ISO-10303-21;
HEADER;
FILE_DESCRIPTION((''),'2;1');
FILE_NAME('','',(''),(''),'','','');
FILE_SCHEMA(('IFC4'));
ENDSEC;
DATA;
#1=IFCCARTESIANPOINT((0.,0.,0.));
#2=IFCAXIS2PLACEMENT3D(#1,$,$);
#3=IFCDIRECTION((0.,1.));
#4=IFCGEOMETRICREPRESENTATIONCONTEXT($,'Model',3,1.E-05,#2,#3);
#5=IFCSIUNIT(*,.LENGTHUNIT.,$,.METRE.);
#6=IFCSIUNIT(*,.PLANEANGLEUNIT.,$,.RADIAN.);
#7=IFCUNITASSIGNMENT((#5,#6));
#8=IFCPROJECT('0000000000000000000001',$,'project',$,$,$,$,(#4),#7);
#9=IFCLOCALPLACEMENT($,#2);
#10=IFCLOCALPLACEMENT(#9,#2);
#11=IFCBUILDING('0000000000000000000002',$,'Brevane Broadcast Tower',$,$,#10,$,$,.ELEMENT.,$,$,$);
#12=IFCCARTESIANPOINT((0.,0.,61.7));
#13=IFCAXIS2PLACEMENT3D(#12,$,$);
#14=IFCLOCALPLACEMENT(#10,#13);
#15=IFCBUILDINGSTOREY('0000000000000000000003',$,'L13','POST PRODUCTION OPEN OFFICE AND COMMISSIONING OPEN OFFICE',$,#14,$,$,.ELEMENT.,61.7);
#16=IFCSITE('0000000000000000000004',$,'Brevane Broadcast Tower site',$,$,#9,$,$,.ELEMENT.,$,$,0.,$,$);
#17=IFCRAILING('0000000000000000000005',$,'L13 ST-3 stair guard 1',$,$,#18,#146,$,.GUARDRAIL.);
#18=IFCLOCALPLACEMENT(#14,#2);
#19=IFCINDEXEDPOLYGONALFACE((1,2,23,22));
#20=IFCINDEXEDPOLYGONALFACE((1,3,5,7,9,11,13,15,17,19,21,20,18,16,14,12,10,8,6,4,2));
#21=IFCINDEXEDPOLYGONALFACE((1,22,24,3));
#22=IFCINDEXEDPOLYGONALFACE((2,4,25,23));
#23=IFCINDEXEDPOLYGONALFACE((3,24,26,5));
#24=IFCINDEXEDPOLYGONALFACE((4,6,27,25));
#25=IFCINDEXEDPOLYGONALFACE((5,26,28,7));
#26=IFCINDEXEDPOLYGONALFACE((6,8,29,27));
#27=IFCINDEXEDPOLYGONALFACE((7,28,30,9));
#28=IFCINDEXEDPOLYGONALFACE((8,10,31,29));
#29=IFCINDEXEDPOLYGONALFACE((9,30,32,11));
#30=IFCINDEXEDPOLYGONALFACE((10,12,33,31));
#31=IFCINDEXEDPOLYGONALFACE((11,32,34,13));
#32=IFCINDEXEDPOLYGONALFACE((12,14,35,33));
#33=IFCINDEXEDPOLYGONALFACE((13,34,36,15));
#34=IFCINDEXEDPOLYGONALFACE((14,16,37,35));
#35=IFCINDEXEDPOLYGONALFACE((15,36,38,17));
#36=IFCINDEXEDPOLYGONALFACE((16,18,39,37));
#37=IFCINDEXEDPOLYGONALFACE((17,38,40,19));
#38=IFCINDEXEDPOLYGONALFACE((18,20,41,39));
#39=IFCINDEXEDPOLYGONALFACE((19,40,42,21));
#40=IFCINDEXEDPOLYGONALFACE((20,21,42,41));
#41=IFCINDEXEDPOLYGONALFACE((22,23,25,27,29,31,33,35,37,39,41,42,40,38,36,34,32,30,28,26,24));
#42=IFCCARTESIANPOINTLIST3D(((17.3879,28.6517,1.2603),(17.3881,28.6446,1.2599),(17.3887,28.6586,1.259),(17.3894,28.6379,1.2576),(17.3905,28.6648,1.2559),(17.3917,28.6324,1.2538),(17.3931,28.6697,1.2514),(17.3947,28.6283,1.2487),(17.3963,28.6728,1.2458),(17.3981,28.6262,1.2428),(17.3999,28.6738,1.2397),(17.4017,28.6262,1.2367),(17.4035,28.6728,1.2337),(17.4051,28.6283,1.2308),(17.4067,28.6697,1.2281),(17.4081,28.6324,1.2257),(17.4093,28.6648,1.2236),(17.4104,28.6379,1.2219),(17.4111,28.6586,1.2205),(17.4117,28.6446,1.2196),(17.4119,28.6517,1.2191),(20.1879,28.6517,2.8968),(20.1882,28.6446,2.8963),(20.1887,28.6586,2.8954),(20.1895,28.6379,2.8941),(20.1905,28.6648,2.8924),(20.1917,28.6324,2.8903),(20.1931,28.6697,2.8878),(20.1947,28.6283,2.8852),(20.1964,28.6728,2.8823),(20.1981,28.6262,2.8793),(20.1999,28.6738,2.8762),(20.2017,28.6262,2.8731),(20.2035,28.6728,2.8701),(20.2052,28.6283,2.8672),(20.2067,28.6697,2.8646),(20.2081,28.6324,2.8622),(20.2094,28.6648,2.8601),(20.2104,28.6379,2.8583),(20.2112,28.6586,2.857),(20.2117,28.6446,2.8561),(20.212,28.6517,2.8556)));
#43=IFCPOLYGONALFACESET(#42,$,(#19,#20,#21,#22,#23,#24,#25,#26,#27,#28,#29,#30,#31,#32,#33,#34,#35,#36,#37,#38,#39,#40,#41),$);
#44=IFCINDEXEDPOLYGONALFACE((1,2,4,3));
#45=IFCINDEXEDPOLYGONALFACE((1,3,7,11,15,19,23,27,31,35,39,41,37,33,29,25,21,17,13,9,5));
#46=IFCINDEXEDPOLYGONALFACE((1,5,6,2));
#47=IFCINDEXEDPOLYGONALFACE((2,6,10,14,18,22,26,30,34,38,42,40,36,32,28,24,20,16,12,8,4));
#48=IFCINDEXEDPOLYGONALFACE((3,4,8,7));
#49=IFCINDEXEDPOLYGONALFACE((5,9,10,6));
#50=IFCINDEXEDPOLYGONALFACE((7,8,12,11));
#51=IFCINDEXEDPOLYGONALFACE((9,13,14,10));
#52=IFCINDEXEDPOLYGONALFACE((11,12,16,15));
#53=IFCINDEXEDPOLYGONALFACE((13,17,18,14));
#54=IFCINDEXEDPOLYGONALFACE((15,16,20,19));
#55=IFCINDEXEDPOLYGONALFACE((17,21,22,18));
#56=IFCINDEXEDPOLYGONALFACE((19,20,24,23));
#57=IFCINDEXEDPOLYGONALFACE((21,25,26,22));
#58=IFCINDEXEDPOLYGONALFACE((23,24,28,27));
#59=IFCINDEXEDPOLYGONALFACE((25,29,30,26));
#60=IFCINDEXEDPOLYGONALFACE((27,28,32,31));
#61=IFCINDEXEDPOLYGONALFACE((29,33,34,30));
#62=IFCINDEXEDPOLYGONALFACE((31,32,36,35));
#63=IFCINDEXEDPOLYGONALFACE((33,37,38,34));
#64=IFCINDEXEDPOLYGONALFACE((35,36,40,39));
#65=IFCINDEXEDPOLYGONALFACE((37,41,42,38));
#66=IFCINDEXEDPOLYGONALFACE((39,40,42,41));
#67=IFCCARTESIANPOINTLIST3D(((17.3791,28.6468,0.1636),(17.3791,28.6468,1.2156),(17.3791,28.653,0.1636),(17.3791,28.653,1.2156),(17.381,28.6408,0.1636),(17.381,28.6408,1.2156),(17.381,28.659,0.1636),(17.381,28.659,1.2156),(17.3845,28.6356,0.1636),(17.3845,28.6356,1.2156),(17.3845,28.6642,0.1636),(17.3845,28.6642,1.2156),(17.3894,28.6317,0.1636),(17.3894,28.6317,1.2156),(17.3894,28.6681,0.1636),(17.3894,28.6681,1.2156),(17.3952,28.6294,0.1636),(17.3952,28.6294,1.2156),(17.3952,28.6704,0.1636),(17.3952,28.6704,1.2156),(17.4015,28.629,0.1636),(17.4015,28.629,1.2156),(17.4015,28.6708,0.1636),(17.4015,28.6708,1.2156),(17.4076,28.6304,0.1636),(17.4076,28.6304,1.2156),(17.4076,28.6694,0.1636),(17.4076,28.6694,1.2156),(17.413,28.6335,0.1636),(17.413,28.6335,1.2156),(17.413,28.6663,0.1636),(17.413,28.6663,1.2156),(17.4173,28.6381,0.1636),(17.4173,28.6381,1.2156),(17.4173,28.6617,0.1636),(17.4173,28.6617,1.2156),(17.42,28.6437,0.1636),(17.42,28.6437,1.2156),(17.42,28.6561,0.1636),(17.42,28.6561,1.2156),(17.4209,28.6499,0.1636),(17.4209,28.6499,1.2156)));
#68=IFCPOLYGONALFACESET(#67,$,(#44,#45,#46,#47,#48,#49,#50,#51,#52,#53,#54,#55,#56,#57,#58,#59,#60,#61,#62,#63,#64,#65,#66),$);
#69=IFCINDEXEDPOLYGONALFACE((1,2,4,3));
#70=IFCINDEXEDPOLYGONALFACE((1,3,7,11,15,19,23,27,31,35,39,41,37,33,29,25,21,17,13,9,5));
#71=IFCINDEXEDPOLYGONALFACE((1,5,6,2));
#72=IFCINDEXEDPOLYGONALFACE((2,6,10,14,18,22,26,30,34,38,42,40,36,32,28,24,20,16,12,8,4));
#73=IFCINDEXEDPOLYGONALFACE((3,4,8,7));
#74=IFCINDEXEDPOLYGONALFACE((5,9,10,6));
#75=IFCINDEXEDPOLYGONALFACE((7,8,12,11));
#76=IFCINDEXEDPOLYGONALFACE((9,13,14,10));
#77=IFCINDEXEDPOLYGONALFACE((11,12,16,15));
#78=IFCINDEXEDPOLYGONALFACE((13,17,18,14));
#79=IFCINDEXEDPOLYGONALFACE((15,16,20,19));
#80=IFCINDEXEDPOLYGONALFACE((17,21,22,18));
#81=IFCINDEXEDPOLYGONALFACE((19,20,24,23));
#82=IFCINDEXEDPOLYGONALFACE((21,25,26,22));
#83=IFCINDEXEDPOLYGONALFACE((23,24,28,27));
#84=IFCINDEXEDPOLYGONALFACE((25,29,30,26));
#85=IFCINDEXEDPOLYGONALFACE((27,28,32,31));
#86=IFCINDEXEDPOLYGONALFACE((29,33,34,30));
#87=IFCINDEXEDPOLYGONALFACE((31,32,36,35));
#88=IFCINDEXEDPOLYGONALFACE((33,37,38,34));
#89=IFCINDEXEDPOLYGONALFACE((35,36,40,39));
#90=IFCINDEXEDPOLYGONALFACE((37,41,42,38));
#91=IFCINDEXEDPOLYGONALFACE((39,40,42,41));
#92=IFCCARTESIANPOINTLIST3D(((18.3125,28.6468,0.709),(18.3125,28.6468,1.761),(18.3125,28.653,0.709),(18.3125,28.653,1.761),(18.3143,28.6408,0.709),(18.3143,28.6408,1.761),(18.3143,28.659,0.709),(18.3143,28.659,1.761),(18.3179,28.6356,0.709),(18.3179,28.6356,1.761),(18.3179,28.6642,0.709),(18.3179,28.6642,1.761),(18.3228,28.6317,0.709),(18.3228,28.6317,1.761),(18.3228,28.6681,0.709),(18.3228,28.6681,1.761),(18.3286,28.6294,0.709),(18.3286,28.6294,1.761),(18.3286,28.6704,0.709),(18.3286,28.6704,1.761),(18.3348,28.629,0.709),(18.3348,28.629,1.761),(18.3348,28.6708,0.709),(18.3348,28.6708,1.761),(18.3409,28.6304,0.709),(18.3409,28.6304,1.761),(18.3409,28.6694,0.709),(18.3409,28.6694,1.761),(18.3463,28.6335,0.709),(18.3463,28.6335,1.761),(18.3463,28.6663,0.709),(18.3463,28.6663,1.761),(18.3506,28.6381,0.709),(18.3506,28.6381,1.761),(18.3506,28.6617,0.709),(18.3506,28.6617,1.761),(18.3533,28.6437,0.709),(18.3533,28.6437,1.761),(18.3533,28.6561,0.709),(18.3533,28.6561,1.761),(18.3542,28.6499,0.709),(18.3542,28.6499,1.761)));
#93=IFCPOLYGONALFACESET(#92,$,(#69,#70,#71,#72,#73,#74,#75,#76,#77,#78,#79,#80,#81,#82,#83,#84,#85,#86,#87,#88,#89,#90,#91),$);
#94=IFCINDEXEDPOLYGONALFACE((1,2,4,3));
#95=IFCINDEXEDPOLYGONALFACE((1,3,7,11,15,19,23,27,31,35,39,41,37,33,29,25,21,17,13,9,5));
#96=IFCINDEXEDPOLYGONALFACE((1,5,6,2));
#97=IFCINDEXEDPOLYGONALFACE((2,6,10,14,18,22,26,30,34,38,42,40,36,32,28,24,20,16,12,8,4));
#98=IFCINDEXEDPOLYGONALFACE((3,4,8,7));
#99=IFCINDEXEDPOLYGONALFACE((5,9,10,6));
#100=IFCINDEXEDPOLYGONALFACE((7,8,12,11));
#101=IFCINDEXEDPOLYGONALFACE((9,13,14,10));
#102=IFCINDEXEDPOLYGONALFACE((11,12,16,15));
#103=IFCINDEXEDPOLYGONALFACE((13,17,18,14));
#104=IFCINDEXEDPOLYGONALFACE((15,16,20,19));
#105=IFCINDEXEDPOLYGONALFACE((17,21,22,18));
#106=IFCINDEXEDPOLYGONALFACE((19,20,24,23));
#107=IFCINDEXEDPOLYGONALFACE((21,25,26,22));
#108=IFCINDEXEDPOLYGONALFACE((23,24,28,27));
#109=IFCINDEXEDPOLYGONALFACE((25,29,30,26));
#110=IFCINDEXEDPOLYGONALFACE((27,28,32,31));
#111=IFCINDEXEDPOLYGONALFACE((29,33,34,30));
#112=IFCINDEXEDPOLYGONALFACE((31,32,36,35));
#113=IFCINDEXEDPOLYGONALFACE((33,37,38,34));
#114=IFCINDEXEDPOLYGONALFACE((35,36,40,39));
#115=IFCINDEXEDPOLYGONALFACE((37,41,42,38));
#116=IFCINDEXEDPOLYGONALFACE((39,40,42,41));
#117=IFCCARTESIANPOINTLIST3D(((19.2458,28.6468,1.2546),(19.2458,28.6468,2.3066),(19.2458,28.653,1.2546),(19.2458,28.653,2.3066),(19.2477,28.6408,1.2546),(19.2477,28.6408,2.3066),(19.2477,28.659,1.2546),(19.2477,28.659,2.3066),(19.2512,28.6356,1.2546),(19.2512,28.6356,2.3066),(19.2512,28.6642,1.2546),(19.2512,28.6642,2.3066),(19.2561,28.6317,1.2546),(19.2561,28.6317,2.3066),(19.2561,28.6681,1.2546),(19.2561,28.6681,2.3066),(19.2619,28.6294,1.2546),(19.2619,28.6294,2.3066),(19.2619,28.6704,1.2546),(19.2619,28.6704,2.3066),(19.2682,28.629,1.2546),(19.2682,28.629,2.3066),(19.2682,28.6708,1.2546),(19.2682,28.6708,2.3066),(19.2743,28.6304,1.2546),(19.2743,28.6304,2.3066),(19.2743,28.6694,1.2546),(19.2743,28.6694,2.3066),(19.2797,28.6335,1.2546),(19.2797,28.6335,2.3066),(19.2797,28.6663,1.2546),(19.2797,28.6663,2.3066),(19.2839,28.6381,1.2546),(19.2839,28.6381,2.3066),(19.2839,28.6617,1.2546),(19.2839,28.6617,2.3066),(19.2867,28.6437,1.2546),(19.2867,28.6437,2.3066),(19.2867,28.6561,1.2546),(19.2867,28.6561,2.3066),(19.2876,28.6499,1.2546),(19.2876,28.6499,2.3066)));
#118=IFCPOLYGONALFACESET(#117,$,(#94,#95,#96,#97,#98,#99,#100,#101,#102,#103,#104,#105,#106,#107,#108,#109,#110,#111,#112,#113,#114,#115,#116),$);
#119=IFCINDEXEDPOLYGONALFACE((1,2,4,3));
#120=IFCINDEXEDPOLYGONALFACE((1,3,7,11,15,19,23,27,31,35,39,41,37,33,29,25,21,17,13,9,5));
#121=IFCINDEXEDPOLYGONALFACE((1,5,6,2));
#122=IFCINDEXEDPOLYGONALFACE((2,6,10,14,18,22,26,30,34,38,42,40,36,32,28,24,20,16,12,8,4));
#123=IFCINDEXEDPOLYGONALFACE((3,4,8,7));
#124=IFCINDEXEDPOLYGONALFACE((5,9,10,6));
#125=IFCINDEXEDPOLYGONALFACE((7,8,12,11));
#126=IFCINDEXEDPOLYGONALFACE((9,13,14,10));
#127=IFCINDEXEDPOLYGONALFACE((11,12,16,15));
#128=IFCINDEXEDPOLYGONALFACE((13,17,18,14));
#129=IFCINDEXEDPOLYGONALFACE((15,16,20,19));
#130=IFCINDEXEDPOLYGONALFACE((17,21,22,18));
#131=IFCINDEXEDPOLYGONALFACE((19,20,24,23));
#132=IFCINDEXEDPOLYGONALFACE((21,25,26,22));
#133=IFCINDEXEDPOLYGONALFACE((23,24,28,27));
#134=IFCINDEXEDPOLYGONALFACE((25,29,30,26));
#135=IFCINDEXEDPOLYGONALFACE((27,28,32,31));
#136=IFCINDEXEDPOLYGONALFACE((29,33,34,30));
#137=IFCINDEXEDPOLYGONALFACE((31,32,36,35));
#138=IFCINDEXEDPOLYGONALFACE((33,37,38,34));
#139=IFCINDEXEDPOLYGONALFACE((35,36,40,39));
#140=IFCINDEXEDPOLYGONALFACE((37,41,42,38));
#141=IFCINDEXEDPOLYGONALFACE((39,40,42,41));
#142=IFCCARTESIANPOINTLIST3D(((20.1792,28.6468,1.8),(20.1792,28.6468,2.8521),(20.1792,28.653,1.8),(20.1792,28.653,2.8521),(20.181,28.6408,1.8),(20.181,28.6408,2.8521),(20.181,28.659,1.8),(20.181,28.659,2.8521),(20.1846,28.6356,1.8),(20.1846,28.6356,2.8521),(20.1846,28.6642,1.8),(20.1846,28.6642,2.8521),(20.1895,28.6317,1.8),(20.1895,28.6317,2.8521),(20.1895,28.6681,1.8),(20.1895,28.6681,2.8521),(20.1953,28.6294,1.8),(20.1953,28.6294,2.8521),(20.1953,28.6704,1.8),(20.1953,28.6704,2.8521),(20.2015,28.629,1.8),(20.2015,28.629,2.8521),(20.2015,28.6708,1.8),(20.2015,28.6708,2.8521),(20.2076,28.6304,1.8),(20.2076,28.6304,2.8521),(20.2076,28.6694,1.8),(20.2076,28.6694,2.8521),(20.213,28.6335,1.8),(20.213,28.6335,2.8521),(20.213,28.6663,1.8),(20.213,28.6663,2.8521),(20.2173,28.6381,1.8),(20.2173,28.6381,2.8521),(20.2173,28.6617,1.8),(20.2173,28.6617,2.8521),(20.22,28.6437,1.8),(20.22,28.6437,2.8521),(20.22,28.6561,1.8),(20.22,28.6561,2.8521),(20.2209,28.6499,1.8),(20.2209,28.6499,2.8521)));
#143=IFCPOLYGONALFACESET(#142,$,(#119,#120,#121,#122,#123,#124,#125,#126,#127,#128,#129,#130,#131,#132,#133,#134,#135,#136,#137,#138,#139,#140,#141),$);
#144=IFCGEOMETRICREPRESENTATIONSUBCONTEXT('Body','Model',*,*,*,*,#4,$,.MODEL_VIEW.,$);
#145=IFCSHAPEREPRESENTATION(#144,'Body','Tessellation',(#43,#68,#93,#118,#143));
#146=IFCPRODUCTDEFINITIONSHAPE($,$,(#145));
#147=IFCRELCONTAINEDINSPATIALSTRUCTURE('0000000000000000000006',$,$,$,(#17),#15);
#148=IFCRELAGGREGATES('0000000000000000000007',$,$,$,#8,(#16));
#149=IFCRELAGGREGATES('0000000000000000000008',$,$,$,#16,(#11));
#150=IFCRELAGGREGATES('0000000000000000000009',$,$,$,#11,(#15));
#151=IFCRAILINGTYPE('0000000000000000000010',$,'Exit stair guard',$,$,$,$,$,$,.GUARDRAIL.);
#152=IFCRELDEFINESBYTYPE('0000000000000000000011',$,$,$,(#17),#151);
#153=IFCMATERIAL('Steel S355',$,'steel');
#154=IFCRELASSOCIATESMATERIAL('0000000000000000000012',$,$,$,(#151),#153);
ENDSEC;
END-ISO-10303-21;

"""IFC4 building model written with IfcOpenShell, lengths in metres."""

from ifc_helpers import new_model, si_unit, direction, frame, origin, origin_2d, place, context, subcontext, project, spatial, circle, extrude, material, type_object, element, save


model = new_model("IFC4")

# Units and contexts
model_context = context("Model", 3, precision=1e-05, world=origin(), true_north=direction((0.0, 1.0)))
body_context = subcontext(model_context, "Body", "Model", "MODEL_VIEW")
ifc_project = project(units=[si_unit("LENGTHUNIT", "METRE"), si_unit("PLANEANGLEUNIT", "RADIAN")], contexts=[model_context])

# Site, building, storey
site_placement = place(None, origin())
site = spatial("IfcSite", under=ifc_project, at=site_placement, Name="Brevane Broadcast Tower site", CompositionType="ELEMENT", RefElevation=0.0)
building_placement = place(site_placement, origin())
building = spatial("IfcBuilding", under=site, at=building_placement, Name="Brevane Broadcast Tower", CompositionType="ELEMENT")
storey_placement = place(building_placement, frame((0.0, 0.0, 61.7)))
storey = spatial("IfcBuildingStorey", under=building, at=storey_placement, Name="L13", Description="POST PRODUCTION OPEN OFFICE AND COMMISSIONING OPEN OFFICE", CompositionType="ELEMENT", Elevation=61.7)

# Railing
ifc_material_1 = material(Name="Steel S355", Category="steel")
railing_type_1 = type_object("IfcRailingType", Name="Exit stair guard", PredefinedType="GUARDRAIL", material=ifc_material_1)
railing_1_placement = place(storey_placement, frame((17.3999, 28.6499, 0.1636)))
element("IfcRailing", 1, at=railing_1_placement, inside=storey, type_object=railing_type_1, Name="L13 ST-3 stair guard 1", PredefinedType="GUARDRAIL", context=body_context, shape_type="SweptSolid", body=[
    extrude(circle(Radius=0.0239, at=origin_2d()), frame((0.0, 0.0, 1.0762), z_axis=(0.863361, 0.0, 0.504587), x_axis=(0.0, 1.0, 0.0)), (0.0, 0.0, 1.0), 3.2432),
    extrude(circle(Radius=0.021, at=origin_2d()), origin(), (0.0, 0.0, 1.0), 1.052),
    extrude(circle(Radius=0.021, at=origin_2d()), frame((0.9333, 0.0, 0.5454)), (0.0, 0.0, 1.0), 1.052),
    extrude(circle(Radius=0.021, at=origin_2d()), frame((1.8667, 0.0, 1.0911)), (0.0, 0.0, 1.0), 1.052),
    extrude(circle(Radius=0.021, at=origin_2d()), frame((2.8, 0.0, 1.6365)), (0.0, 0.0, 1.0), 1.052),
])

save(model, "model.ifc")
